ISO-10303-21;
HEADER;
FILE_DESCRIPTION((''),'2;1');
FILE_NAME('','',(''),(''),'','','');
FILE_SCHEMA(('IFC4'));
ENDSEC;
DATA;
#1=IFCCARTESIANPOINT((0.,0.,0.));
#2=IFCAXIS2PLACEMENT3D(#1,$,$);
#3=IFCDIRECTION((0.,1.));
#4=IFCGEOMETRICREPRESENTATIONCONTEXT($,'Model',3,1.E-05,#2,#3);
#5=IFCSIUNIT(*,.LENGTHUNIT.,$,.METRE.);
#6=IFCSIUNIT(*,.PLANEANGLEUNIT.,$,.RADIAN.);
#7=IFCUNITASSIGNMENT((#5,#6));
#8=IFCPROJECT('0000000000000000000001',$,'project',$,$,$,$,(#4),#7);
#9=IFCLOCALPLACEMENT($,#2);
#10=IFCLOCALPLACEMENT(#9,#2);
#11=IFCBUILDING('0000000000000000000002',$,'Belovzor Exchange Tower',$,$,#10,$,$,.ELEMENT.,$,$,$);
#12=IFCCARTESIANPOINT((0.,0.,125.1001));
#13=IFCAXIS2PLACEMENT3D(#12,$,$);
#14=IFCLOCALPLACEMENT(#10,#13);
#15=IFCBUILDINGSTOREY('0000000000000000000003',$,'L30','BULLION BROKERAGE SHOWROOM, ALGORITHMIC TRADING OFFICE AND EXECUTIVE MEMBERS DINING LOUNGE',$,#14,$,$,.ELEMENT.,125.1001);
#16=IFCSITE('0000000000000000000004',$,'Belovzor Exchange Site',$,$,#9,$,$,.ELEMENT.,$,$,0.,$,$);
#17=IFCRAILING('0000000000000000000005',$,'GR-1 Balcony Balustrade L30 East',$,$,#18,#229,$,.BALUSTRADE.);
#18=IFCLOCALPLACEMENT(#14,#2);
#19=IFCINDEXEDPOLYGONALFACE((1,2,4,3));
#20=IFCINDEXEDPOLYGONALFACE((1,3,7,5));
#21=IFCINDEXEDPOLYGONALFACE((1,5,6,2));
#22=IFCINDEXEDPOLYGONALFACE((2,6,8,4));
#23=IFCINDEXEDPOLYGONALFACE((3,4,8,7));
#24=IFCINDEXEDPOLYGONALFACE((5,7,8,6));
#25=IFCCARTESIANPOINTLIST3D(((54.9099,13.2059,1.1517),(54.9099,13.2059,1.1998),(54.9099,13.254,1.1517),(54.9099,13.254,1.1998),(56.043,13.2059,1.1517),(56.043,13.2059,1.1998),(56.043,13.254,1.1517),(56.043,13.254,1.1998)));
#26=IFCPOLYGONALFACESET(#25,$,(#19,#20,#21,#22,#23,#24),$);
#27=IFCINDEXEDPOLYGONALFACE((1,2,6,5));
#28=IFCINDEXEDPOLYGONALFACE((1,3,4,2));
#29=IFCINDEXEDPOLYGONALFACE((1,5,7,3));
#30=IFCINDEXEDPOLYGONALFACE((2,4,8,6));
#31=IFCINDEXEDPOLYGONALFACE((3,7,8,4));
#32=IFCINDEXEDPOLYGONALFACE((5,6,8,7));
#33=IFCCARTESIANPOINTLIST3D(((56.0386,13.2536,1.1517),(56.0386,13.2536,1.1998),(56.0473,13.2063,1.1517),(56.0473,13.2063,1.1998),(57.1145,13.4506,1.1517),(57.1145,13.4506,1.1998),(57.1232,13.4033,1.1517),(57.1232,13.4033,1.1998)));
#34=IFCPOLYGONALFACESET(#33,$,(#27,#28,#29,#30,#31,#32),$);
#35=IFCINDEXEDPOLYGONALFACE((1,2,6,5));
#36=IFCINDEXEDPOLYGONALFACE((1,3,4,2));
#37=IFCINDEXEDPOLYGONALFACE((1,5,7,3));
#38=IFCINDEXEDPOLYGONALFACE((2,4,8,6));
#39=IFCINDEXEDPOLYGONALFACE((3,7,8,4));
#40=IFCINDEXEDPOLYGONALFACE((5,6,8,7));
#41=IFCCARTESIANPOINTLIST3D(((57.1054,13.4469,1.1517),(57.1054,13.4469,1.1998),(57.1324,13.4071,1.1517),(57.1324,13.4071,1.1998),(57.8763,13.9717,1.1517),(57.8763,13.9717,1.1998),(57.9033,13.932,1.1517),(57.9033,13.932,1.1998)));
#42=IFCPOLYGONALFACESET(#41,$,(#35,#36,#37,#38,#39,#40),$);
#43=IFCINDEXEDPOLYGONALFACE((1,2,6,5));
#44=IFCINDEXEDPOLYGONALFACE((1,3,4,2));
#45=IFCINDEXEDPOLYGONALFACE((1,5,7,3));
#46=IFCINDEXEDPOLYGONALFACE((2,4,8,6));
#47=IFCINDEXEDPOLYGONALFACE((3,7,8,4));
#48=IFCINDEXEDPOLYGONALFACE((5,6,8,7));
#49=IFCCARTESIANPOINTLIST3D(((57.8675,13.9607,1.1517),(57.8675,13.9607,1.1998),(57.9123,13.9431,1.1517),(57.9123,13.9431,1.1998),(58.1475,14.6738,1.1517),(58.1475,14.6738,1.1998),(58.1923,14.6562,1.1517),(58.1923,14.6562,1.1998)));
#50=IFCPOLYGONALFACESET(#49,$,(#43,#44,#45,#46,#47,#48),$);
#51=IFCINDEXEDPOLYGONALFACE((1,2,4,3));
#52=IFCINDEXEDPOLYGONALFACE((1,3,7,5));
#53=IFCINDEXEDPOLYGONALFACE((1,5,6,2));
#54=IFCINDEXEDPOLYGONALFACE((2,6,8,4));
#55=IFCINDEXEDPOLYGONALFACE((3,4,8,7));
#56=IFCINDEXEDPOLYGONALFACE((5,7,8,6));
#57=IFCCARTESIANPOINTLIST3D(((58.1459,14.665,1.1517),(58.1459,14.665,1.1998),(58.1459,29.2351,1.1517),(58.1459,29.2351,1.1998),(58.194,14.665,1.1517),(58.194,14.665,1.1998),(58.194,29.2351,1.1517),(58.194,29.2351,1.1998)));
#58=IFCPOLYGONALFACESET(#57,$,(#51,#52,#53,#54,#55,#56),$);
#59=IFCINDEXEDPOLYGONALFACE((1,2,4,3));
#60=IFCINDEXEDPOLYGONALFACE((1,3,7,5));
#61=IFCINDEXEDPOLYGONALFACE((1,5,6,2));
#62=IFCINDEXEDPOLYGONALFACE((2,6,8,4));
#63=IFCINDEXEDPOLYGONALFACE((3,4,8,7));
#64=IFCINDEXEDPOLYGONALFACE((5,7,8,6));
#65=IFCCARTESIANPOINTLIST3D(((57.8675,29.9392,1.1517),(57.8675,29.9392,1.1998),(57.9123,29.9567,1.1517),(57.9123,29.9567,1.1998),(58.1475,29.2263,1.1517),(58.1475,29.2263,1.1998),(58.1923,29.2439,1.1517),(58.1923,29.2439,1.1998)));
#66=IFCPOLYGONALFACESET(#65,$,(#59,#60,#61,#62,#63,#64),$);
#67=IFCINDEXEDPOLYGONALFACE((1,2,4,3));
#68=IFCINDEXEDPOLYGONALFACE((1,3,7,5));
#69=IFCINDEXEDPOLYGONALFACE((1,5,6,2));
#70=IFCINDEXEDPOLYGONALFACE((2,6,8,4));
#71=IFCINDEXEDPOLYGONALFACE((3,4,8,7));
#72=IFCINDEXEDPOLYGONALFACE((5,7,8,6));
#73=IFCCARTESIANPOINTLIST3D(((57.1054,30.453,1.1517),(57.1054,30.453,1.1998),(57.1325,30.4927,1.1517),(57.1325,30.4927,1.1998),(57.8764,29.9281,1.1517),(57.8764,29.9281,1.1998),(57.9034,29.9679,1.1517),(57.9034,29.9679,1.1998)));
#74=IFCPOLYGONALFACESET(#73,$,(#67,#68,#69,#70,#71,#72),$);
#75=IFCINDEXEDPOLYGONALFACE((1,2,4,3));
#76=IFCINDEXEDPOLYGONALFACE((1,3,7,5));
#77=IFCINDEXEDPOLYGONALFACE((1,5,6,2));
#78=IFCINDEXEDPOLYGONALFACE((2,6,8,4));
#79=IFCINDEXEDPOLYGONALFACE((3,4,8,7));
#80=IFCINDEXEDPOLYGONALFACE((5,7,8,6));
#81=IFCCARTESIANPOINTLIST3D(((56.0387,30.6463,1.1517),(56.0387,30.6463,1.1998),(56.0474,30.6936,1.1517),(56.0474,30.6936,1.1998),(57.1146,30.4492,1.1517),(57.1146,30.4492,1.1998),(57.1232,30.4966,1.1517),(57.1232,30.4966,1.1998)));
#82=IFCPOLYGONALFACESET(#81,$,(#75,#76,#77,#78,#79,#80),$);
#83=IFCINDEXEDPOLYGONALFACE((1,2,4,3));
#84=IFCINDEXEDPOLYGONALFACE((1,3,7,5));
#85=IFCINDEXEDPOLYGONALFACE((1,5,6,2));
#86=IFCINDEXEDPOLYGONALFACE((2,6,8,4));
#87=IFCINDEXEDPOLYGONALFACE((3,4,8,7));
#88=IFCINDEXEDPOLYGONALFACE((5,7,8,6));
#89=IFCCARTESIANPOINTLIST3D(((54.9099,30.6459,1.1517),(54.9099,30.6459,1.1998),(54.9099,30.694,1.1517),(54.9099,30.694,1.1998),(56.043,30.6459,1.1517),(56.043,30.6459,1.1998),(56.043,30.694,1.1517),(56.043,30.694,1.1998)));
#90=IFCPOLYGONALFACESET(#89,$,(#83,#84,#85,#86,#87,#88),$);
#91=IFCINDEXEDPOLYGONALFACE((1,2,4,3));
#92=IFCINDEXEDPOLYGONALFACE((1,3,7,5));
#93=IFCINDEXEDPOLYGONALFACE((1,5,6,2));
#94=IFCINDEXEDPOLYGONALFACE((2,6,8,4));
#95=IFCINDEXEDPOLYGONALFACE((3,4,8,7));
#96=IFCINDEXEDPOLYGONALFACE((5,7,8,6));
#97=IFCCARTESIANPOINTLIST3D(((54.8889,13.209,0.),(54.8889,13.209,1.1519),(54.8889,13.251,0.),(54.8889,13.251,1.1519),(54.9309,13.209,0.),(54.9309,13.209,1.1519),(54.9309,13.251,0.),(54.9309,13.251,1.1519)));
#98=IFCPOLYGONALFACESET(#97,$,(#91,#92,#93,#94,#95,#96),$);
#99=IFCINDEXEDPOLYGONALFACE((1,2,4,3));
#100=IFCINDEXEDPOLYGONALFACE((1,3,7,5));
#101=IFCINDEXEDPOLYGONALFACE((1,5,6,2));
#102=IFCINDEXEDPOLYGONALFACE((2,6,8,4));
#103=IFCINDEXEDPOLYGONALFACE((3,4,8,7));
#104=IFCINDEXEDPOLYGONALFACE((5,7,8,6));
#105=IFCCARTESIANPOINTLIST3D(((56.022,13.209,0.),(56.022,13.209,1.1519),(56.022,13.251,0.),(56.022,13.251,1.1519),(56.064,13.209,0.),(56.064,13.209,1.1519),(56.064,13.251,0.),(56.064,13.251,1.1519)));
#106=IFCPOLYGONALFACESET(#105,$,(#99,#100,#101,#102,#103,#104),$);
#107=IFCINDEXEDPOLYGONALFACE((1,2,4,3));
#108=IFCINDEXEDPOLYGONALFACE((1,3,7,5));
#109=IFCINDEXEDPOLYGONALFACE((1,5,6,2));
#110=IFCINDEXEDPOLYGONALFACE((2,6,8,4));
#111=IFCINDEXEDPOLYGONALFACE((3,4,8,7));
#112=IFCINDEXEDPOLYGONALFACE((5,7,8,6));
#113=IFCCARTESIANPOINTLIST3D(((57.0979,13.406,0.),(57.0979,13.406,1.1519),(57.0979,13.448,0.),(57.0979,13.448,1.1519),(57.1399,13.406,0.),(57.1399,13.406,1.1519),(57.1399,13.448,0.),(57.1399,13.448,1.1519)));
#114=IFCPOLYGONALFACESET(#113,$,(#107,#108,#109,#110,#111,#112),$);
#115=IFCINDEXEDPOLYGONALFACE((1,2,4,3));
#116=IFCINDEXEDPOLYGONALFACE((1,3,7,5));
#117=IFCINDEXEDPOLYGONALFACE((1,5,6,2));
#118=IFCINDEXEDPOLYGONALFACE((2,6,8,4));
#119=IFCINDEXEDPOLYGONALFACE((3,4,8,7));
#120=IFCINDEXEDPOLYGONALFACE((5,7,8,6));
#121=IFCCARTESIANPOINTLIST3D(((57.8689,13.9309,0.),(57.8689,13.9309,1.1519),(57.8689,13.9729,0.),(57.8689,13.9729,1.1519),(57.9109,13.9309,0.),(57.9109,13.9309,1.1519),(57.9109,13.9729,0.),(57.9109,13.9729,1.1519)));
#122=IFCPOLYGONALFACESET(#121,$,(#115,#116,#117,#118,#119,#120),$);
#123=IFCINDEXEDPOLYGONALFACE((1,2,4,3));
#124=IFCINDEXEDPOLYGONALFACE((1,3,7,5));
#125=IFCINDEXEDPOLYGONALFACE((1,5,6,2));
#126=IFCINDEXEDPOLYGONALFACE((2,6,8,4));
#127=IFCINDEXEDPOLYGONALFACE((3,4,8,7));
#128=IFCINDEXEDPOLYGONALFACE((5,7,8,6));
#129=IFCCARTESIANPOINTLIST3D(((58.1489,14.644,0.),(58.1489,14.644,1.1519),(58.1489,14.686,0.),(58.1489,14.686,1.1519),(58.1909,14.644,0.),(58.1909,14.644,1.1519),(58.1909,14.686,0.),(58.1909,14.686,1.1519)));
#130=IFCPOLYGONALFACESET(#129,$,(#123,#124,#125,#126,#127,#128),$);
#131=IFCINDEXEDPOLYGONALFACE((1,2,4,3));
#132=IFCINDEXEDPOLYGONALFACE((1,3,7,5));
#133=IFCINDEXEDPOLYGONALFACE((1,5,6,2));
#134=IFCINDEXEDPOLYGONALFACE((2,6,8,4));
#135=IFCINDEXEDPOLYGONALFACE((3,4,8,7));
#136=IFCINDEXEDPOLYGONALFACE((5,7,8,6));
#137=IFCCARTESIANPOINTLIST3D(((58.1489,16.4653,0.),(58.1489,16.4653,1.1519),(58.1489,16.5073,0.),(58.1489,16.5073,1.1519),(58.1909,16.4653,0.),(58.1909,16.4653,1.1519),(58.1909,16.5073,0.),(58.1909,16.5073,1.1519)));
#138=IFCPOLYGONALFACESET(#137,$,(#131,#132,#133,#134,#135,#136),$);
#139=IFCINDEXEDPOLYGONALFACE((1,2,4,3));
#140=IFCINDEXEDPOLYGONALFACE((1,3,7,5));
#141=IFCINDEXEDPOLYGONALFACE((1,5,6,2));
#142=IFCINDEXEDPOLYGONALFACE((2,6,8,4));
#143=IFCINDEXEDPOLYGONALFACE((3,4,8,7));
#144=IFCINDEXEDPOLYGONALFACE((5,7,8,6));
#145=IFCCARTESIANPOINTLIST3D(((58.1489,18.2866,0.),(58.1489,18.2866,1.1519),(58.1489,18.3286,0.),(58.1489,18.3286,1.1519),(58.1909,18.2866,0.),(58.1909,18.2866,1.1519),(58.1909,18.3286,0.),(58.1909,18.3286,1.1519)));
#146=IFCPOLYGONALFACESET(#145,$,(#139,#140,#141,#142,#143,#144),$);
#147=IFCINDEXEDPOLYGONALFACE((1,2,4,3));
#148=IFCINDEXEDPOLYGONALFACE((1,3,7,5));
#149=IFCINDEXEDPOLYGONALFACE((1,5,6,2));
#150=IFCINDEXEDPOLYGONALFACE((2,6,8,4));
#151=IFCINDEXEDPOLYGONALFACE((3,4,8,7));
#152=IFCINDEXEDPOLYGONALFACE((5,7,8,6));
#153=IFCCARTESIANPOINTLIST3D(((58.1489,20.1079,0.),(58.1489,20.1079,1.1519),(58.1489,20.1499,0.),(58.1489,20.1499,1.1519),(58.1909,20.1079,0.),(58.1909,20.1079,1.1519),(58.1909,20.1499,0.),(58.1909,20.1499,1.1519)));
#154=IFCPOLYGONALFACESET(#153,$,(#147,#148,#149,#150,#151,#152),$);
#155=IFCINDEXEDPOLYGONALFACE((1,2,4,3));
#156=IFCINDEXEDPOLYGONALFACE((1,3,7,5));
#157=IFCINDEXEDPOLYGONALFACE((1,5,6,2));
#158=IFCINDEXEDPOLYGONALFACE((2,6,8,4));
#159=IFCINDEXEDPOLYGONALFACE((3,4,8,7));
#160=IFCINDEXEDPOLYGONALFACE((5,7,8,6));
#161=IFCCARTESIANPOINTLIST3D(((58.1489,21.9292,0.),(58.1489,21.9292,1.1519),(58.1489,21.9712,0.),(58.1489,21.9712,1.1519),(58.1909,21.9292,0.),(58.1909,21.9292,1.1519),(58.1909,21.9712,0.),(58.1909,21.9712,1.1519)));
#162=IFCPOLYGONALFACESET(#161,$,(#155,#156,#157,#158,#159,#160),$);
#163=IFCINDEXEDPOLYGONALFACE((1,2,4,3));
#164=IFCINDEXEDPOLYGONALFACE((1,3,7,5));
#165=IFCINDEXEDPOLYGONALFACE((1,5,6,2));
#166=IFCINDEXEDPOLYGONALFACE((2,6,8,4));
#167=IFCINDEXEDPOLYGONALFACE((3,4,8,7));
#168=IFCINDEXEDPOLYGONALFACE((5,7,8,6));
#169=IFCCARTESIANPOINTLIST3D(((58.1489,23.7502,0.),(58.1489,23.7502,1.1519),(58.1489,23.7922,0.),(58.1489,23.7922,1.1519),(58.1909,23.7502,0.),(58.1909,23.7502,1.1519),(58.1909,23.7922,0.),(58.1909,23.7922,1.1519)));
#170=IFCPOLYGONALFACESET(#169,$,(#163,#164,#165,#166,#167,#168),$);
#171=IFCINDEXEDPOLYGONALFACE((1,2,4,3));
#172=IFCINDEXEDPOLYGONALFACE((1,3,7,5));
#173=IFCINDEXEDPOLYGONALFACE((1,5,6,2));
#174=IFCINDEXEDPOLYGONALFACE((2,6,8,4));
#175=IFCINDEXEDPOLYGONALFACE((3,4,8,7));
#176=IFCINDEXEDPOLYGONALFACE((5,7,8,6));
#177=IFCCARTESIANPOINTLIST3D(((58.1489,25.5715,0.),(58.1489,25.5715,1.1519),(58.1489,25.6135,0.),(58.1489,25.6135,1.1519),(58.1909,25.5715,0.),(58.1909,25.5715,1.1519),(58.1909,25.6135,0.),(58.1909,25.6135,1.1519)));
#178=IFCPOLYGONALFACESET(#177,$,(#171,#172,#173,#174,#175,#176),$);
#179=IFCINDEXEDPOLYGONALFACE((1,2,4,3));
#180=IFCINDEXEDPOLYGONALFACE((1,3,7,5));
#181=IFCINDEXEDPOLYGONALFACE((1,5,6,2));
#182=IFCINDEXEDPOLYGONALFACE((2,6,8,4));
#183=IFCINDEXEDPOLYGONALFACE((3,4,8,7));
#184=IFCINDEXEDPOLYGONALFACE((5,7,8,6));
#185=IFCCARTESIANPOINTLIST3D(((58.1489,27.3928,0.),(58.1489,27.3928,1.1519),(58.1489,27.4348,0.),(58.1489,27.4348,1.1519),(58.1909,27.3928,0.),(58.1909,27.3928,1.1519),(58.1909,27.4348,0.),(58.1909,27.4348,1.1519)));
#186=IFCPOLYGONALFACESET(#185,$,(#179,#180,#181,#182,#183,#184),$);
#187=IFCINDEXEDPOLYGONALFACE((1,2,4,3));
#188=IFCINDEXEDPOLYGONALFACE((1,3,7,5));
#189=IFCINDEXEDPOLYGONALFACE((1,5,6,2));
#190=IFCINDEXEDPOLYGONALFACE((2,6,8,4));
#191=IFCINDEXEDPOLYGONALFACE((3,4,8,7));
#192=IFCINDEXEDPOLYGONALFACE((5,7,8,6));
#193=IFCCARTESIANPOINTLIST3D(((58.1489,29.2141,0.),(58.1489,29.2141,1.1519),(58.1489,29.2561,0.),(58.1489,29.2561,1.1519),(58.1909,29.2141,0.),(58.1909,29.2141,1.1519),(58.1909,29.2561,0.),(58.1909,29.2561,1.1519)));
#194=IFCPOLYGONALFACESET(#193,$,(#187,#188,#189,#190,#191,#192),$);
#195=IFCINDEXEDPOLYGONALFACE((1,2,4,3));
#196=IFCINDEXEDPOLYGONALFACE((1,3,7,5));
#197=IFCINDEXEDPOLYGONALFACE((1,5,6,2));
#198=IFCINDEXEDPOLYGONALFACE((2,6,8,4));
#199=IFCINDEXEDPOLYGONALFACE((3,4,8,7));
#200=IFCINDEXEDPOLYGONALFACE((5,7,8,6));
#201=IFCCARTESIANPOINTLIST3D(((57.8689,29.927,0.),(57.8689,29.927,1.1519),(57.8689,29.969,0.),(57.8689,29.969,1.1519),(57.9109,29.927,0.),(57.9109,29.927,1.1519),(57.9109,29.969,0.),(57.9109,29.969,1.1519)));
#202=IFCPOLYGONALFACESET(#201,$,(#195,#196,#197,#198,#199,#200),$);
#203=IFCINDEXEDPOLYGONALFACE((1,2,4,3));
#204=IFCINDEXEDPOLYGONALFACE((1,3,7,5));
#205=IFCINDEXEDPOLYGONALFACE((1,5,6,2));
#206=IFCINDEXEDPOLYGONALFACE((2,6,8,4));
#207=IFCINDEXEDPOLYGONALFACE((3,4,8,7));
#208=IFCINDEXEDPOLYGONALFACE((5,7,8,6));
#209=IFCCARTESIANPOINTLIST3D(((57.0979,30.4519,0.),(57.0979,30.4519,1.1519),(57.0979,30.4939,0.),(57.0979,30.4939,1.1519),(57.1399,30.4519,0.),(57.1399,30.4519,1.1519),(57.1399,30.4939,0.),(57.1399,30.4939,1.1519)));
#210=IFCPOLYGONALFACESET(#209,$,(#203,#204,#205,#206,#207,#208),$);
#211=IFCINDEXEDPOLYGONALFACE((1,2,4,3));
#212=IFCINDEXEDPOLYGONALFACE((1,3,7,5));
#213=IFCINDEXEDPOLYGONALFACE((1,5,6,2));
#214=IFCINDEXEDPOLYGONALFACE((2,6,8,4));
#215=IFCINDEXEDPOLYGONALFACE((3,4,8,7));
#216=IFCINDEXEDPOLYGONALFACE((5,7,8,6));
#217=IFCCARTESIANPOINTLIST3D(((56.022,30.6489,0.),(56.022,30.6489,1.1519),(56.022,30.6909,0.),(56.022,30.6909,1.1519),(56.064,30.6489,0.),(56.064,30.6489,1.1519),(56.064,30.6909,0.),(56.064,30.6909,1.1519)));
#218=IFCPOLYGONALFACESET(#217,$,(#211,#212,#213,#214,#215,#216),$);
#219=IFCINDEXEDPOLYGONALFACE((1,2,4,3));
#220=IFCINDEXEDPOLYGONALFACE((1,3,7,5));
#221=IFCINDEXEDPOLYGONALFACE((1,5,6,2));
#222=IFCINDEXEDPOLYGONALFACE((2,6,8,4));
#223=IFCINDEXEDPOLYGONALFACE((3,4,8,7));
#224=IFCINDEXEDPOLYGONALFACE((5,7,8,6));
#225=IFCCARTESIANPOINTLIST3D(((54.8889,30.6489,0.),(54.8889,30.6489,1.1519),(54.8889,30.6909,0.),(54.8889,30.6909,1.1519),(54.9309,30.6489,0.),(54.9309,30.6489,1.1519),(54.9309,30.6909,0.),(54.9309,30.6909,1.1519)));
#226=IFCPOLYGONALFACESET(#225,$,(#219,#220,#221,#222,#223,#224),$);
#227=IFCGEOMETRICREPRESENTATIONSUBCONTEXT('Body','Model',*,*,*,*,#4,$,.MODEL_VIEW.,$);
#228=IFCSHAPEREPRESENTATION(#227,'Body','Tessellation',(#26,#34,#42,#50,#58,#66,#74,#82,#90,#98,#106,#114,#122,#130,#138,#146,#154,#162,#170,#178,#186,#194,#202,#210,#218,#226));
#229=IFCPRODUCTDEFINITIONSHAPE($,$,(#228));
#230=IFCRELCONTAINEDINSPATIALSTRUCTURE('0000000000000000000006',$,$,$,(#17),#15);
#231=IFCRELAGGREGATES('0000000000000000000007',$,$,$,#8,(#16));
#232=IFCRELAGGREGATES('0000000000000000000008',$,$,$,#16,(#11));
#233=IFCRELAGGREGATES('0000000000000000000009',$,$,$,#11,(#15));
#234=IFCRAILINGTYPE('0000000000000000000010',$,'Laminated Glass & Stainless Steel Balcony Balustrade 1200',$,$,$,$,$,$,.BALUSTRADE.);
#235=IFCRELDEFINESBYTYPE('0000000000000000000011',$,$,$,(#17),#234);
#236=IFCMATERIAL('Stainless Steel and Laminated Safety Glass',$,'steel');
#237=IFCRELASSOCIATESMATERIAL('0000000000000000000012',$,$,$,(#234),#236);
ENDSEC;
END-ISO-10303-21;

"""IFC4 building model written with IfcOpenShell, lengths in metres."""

from ifc_helpers import new_model, si_unit, direction, frame, origin, origin_2d, place, context, subcontext, project, spatial, rectangle, extrude, material, type_object, element, save


model = new_model("IFC4")

# Units and contexts
model_context = context("Model", 3, precision=1e-05, world=origin(), true_north=direction((0.0, 1.0)))
body_context = subcontext(model_context, "Body", "Model", "MODEL_VIEW")
ifc_project = project(units=[si_unit("LENGTHUNIT", "METRE"), si_unit("PLANEANGLEUNIT", "RADIAN")], contexts=[model_context])

# Site, building, storey
site_placement = place(None, origin())
site = spatial("IfcSite", under=ifc_project, at=site_placement, Name="Belovzor Exchange Site", CompositionType="ELEMENT", RefElevation=0.0)
building_placement = place(site_placement, origin())
building = spatial("IfcBuilding", under=site, at=building_placement, Name="Belovzor Exchange Tower", CompositionType="ELEMENT")
storey_placement = place(building_placement, frame((0.0, 0.0, 125.1001)))
storey = spatial("IfcBuildingStorey", under=building, at=storey_placement, Name="L30", Description="BULLION BROKERAGE SHOWROOM, ALGORITHMIC TRADING OFFICE AND EXECUTIVE MEMBERS DINING LOUNGE", CompositionType="ELEMENT", Elevation=125.1001)

# Railing
ifc_material_1 = material(Name="Stainless Steel and Laminated Safety Glass", Category="steel")
railing_type = type_object("IfcRailingType", Name="Laminated Glass & Stainless Steel Balcony Balustrade 1200", PredefinedType="BALUSTRADE", material=ifc_material_1)
railing_placement = place(storey_placement, frame((54.9099, 13.23, 0.0)))
element("IfcRailing", 1, at=railing_placement, inside=storey, type_object=railing_type, Name="GR-1 Balcony Balustrade L30 East", PredefinedType="BALUSTRADE", context=body_context, shape_type="SweptSolid", body=[
    extrude(rectangle(XDim=0.0481, YDim=0.0481, at=origin_2d()), frame((0.0, 0.0, 1.1758), z_axis=(1.0, 0.0, 0.0), x_axis=(0.0, 1.0, 0.0)), (0.0, 0.0, 1.0), 1.1331),
    extrude(rectangle(XDim=0.0481, YDim=0.0481, at=origin_2d()), frame((1.1331, 0.0, 1.1758), z_axis=(0.983644, 0.180123, 0.0), x_axis=(-0.180123, 0.983644, 0.0)), (0.0, 0.0, 1.0), 1.0938),
    extrude(rectangle(XDim=0.0481, YDim=0.0481, at=origin_2d()), frame((2.209, 0.197, 1.1758), z_axis=(0.826615, 0.562768, 0.0), x_axis=(-0.562768, 0.826615, 0.0)), (0.0, 0.0, 1.0), 0.9326),
    extrude(rectangle(XDim=0.0481, YDim=0.0481, at=origin_2d()), frame((2.98, 0.7219, 1.1758), z_axis=(0.365504, 0.93081, 0.0), x_axis=(-0.93081, 0.365504, 0.0)), (0.0, 0.0, 1.0), 0.7661),
    extrude(rectangle(XDim=0.0481, YDim=0.0481, at=origin_2d()), frame((3.26, 1.4351, 1.1758), z_axis=(0.0, 1.0, 0.0), x_axis=(-1.0, 0.0, 0.0)), (0.0, 0.0, 1.0), 14.5701),
    extrude(rectangle(XDim=0.0481, YDim=0.0481, at=origin_2d()), frame((3.26, 16.0051, 1.1758), z_axis=(-0.365613, 0.930767, 0.0), x_axis=(-0.930767, -0.365613, 0.0)), (0.0, 0.0, 1.0), 0.7659),
    extrude(rectangle(XDim=0.0481, YDim=0.0481, at=origin_2d()), frame((2.98, 16.718, 1.1758), z_axis=(-0.826615, 0.562768, 0.0), x_axis=(-0.562768, -0.826615, 0.0)), (0.0, 0.0, 1.0), 0.9326),
    extrude(rectangle(XDim=0.0481, YDim=0.0481, at=origin_2d()), frame((2.209, 17.2429, 1.1758), z_axis=(-0.983644, 0.180123, 0.0), x_axis=(-0.180123, -0.983644, 0.0)), (0.0, 0.0, 1.0), 1.0938),
    extrude(rectangle(XDim=0.0481, YDim=0.0481, at=origin_2d()), frame((1.1331, 17.4399, 1.1758), z_axis=(-1.0, 0.0, 0.0), x_axis=(0.0, -1.0, 0.0)), (0.0, 0.0, 1.0), 1.1331),
    extrude(rectangle(XDim=0.042, YDim=0.042, at=origin_2d()), origin(), (0.0, 0.0, 1.0), 1.1519),
    extrude(rectangle(XDim=0.042, YDim=0.042, at=origin_2d()), frame((1.1331, 0.0, 0.0)), (0.0, 0.0, 1.0), 1.1519),
    extrude(rectangle(XDim=0.042, YDim=0.042, at=origin_2d()), frame((2.209, 0.197, 0.0)), (0.0, 0.0, 1.0), 1.1519),
    extrude(rectangle(XDim=0.042, YDim=0.042, at=origin_2d()), frame((2.98, 0.7219, 0.0)), (0.0, 0.0, 1.0), 1.1519),
    extrude(rectangle(XDim=0.042, YDim=0.042, at=origin_2d()), frame((3.26, 1.4351, 0.0)), (0.0, 0.0, 1.0), 1.1519),
    extrude(rectangle(XDim=0.042, YDim=0.042, at=origin_2d()), frame((3.26, 3.2563, 0.0)), (0.0, 0.0, 1.0), 1.1519),
    extrude(rectangle(XDim=0.042, YDim=0.042, at=origin_2d()), frame((3.26, 5.0776, 0.0)), (0.0, 0.0, 1.0), 1.1519),
    extrude(rectangle(XDim=0.042, YDim=0.042, at=origin_2d()), frame((3.26, 6.8989, 0.0)), (0.0, 0.0, 1.0), 1.1519),
    extrude(rectangle(XDim=0.042, YDim=0.042, at=origin_2d()), frame((3.26, 8.7202, 0.0)), (0.0, 0.0, 1.0), 1.1519),
    extrude(rectangle(XDim=0.042, YDim=0.042, at=origin_2d()), frame((3.26, 10.5413, 0.0)), (0.0, 0.0, 1.0), 1.1519),
    extrude(rectangle(XDim=0.042, YDim=0.042, at=origin_2d()), frame((3.26, 12.3625, 0.0)), (0.0, 0.0, 1.0), 1.1519),
    extrude(rectangle(XDim=0.042, YDim=0.042, at=origin_2d()), frame((3.26, 14.1838, 0.0)), (0.0, 0.0, 1.0), 1.1519),
    extrude(rectangle(XDim=0.042, YDim=0.042, at=origin_2d()), frame((3.26, 16.0051, 0.0)), (0.0, 0.0, 1.0), 1.1519),
    extrude(rectangle(XDim=0.042, YDim=0.042, at=origin_2d()), frame((2.98, 16.718, 0.0)), (0.0, 0.0, 1.0), 1.1519),
    extrude(rectangle(XDim=0.042, YDim=0.042, at=origin_2d()), frame((2.209, 17.2429, 0.0)), (0.0, 0.0, 1.0), 1.1519),
    extrude(rectangle(XDim=0.042, YDim=0.042, at=origin_2d()), frame((1.1331, 17.4399, 0.0)), (0.0, 0.0, 1.0), 1.1519),
    extrude(rectangle(XDim=0.042, YDim=0.042, at=origin_2d()), frame((0.0, 17.4399, 0.0)), (0.0, 0.0, 1.0), 1.1519),
])

save(model, "model.ifc")
